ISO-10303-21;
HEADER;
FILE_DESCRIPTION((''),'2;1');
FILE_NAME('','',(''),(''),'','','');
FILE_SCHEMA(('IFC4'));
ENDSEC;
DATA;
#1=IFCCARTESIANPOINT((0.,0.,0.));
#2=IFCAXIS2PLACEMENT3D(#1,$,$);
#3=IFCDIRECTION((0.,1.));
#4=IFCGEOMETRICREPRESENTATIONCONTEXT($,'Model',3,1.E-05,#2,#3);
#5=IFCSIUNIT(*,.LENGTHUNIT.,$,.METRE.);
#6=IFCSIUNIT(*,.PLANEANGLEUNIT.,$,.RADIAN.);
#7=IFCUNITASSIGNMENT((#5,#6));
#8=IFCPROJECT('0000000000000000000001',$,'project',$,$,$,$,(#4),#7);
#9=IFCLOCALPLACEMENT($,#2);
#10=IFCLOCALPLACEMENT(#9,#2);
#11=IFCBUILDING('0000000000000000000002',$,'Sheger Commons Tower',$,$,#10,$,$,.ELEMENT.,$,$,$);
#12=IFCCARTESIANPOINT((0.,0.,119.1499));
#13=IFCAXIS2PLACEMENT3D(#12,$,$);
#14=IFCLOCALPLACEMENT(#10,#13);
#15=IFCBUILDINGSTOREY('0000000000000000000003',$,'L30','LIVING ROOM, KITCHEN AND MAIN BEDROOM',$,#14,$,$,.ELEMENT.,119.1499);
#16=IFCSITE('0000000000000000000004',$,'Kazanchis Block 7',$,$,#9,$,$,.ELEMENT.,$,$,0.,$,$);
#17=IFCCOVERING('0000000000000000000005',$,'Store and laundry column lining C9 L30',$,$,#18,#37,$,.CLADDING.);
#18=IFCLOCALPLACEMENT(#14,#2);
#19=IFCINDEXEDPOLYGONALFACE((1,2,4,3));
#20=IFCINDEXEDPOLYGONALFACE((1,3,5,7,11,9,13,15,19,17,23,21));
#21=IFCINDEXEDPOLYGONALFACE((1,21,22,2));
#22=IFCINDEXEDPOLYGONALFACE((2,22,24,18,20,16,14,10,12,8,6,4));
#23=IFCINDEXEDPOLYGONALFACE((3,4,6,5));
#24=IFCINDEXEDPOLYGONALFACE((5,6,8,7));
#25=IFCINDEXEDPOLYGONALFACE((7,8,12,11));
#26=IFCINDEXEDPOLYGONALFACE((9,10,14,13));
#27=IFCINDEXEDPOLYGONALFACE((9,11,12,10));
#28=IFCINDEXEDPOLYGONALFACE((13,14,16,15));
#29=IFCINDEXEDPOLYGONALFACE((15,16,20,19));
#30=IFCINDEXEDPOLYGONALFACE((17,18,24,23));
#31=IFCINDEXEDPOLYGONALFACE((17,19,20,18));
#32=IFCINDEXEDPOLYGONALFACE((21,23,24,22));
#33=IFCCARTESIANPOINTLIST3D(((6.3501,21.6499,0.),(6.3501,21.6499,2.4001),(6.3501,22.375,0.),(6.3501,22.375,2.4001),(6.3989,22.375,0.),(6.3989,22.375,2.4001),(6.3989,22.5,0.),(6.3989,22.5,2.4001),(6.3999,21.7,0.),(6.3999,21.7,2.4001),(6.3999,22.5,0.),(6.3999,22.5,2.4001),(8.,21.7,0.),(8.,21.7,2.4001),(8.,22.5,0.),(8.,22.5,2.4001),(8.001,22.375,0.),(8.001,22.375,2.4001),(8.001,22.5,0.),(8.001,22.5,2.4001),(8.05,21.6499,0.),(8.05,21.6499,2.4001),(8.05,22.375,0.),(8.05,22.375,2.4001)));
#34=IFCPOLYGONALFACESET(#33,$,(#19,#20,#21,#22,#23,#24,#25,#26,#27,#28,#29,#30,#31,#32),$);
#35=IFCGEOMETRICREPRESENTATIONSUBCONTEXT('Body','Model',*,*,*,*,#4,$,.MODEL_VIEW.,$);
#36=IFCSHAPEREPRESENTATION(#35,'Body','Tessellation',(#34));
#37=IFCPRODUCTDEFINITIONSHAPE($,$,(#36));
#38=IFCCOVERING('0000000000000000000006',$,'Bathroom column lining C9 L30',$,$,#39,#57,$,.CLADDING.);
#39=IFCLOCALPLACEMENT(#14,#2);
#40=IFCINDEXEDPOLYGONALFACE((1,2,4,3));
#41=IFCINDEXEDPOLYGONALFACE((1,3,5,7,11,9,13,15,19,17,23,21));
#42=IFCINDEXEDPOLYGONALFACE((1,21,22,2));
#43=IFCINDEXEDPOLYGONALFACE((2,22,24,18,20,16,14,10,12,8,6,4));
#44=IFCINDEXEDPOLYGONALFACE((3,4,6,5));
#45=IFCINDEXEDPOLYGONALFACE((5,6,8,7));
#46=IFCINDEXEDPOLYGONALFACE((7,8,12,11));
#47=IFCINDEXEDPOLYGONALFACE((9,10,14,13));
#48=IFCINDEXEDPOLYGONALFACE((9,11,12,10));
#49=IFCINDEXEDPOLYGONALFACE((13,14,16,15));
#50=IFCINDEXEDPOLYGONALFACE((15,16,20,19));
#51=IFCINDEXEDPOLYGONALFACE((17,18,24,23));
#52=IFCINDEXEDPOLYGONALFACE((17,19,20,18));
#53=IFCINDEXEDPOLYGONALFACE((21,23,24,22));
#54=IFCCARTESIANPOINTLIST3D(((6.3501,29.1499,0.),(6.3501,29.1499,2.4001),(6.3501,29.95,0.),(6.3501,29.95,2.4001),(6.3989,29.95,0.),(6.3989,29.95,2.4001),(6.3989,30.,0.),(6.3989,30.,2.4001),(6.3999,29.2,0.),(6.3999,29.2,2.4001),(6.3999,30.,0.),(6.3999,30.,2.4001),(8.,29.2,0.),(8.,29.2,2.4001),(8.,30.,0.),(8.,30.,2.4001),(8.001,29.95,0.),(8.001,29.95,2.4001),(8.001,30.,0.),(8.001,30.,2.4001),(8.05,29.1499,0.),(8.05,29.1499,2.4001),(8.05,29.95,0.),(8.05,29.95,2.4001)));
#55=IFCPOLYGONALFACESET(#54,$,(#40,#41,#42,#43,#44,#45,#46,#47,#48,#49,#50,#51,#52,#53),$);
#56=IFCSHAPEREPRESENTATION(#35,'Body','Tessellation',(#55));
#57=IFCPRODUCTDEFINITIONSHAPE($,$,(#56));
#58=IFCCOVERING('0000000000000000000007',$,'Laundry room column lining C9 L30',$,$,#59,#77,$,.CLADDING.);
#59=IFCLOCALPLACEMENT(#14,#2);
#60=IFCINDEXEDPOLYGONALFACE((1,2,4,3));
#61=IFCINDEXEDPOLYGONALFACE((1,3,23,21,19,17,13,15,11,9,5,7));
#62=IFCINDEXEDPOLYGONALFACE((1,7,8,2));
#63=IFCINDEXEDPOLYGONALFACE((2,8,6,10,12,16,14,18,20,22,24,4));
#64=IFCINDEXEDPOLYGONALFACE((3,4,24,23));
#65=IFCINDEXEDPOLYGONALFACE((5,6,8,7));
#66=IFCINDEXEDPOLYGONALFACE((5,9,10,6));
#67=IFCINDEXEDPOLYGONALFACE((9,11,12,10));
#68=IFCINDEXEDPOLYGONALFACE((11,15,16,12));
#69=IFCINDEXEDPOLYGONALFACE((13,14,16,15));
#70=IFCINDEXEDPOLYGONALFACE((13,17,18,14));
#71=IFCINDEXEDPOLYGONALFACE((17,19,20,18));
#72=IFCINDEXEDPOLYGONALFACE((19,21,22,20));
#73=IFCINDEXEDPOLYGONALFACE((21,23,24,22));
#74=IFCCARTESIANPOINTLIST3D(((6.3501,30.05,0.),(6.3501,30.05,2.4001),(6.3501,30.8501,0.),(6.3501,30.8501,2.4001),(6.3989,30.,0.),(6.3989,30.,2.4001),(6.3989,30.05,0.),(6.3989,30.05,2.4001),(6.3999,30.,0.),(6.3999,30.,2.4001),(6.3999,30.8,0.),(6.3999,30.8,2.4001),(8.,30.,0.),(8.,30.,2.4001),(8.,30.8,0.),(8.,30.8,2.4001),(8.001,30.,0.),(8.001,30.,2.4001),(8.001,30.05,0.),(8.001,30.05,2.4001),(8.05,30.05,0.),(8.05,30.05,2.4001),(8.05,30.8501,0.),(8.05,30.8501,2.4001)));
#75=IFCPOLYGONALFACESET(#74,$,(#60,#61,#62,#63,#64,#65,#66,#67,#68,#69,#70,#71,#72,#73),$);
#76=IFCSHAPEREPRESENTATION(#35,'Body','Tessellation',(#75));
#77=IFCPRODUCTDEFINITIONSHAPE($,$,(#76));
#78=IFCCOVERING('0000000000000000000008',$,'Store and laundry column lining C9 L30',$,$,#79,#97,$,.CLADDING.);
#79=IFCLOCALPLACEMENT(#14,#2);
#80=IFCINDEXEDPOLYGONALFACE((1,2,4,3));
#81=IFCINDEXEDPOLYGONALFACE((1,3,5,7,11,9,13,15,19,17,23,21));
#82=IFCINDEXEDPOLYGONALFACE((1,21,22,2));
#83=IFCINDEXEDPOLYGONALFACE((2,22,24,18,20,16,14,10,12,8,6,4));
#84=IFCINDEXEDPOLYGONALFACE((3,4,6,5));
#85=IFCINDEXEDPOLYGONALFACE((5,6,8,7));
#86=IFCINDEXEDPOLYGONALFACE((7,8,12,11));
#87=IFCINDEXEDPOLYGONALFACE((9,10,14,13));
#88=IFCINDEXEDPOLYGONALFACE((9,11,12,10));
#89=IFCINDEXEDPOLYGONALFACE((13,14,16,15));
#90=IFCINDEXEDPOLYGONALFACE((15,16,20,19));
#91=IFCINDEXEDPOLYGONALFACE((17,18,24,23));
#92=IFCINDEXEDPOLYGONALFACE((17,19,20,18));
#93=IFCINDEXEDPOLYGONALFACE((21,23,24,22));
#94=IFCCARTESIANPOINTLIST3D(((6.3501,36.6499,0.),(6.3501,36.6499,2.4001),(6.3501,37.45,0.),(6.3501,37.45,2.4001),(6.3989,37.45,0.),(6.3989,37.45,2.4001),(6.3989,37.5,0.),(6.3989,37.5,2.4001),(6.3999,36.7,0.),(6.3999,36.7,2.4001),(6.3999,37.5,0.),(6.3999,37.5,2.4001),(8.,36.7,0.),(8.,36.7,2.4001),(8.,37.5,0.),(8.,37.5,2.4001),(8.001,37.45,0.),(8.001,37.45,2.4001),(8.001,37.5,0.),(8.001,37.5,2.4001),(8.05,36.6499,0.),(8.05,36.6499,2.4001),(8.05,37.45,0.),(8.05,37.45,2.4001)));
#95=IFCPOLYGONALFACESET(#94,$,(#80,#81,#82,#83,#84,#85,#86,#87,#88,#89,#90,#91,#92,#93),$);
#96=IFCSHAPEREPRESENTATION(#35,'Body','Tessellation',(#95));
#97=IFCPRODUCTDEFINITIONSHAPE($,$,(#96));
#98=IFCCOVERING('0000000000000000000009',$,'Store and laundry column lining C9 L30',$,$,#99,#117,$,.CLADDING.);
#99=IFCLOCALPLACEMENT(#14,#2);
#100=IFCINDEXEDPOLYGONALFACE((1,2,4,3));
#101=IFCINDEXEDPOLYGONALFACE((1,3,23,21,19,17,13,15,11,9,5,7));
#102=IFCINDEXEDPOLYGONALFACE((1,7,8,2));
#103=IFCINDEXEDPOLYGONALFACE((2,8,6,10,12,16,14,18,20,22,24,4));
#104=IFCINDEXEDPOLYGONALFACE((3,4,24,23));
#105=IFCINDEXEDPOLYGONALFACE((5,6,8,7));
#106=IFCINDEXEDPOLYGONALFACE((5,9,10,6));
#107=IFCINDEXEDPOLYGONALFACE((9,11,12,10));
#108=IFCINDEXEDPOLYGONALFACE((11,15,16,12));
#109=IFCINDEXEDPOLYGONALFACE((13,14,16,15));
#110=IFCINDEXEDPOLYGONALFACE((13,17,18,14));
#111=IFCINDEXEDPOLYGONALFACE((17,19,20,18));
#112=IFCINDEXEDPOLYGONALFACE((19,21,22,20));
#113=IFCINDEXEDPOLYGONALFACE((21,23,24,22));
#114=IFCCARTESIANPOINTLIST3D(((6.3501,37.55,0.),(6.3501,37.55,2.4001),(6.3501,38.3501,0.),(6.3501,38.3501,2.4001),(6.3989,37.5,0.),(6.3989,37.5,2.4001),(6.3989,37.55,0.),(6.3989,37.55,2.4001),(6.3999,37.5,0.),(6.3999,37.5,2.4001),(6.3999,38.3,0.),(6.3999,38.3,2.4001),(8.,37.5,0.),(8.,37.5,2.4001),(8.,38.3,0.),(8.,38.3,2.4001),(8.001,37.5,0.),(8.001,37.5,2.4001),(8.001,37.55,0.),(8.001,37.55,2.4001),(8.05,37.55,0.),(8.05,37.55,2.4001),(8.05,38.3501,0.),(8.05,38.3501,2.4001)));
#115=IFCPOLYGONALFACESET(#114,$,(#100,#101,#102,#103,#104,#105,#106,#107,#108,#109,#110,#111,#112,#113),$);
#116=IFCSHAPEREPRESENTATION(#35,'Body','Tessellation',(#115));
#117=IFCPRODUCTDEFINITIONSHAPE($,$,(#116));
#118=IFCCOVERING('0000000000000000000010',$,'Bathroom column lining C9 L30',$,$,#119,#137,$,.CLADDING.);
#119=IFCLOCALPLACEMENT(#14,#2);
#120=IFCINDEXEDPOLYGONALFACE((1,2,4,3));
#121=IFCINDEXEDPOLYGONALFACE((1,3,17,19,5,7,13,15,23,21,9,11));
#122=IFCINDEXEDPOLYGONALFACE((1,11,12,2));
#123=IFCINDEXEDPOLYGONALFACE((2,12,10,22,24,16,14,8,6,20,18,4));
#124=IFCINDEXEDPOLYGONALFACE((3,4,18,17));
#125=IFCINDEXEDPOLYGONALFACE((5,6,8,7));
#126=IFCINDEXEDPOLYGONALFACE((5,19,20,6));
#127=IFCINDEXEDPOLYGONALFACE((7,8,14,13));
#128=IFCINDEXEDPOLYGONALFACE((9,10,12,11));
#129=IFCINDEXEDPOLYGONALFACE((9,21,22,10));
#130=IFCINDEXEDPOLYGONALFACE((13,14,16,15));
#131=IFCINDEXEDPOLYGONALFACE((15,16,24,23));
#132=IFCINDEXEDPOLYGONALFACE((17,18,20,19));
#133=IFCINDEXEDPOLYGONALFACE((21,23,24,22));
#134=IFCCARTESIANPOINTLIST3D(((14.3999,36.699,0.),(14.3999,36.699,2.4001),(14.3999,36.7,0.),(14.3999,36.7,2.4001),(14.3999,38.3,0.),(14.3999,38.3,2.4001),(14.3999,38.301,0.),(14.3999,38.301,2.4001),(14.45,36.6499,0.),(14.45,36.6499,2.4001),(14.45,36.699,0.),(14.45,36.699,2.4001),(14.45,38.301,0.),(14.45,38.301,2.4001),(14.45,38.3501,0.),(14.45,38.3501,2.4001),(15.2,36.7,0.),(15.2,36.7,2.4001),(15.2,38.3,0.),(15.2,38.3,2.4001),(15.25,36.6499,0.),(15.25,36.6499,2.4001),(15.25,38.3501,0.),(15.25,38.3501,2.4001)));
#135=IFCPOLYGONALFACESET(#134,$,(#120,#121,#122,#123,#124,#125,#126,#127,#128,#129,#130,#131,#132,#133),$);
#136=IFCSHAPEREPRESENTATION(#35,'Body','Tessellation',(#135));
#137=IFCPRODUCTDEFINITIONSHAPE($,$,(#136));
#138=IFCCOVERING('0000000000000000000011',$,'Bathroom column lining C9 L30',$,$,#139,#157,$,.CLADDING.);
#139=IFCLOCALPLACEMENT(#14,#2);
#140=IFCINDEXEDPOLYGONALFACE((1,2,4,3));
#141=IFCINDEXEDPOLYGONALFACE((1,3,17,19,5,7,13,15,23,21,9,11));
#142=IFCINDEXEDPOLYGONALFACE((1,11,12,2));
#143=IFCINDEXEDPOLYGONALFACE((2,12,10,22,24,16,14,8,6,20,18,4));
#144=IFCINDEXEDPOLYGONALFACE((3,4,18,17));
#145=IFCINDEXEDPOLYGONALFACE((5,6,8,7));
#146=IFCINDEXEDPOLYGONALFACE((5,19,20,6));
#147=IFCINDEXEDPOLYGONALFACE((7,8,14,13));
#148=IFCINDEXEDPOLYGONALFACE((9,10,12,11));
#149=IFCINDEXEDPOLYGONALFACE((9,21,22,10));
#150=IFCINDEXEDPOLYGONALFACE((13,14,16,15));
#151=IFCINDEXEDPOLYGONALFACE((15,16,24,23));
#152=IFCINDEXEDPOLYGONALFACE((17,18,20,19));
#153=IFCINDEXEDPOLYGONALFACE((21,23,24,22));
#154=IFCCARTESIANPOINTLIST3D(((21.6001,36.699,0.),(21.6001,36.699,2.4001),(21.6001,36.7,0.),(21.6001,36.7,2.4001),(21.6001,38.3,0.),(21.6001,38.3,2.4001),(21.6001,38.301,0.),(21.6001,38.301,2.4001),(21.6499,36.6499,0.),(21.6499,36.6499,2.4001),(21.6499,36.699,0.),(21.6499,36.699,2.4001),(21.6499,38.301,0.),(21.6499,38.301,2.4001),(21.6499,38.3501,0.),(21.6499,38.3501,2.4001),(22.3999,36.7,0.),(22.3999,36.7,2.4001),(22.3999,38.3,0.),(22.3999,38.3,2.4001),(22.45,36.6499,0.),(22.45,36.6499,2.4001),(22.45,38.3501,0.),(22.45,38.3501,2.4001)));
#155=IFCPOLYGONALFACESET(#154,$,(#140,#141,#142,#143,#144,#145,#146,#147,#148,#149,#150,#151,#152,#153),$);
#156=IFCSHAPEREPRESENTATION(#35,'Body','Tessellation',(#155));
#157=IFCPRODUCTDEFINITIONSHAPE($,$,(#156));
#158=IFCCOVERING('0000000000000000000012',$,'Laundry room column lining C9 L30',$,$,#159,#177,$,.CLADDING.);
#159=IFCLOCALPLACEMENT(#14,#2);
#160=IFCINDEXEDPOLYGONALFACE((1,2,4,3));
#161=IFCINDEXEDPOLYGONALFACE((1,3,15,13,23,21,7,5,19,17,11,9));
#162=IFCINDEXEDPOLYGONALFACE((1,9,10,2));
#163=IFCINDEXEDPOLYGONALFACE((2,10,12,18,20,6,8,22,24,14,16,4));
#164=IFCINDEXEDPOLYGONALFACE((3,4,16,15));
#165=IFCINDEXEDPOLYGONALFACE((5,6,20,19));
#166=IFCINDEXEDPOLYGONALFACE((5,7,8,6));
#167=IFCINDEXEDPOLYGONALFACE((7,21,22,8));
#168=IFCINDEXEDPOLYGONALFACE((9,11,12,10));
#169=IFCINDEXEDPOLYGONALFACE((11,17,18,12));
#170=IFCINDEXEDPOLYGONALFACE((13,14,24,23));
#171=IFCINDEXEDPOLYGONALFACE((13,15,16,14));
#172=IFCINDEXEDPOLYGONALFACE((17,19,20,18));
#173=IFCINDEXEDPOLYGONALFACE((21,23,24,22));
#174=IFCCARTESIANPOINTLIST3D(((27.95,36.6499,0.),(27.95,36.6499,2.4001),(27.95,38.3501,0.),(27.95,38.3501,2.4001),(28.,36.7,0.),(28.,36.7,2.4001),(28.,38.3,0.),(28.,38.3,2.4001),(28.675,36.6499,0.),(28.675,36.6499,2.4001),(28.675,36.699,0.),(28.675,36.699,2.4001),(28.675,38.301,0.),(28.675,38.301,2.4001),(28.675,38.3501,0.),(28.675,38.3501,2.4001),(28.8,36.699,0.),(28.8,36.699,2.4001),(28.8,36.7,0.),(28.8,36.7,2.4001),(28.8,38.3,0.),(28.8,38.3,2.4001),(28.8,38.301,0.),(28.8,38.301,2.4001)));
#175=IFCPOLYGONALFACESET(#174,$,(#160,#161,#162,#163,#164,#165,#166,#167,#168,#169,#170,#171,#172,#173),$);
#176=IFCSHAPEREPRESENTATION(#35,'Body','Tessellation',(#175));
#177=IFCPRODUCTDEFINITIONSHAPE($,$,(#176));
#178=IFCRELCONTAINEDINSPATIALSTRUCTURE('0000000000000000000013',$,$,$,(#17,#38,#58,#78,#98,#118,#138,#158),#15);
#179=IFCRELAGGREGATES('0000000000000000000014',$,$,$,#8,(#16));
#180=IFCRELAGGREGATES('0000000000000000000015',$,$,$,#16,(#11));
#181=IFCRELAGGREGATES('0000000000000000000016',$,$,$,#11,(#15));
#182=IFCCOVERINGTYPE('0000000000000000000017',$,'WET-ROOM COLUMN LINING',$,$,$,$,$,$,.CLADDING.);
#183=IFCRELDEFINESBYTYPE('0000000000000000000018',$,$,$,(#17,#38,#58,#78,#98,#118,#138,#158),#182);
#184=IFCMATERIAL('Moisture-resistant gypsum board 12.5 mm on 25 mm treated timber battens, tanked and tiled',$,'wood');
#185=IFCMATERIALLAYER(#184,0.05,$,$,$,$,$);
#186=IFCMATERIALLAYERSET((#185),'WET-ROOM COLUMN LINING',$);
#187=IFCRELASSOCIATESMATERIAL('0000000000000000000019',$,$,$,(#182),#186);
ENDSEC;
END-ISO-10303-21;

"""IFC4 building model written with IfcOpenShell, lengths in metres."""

from ifc_helpers import new_model, si_unit, direction, frame, origin, place, context, subcontext, project, spatial, polyline, outline, extrude, material, layer, layer_set, type_object, element, save


model = new_model("IFC4")

# Units and contexts
model_context = context("Model", 3, precision=1e-05, world=origin(), true_north=direction((0.0, 1.0)))
body_context = subcontext(model_context, "Body", "Model", "MODEL_VIEW")
ifc_project = project(units=[si_unit("LENGTHUNIT", "METRE"), si_unit("PLANEANGLEUNIT", "RADIAN")], contexts=[model_context])

# Site, building, storey
site_placement = place(None, origin())
site = spatial("IfcSite", under=ifc_project, at=site_placement, Name="Kazanchis Block 7", CompositionType="ELEMENT", RefElevation=0.0)
building_placement = place(site_placement, origin())
building = spatial("IfcBuilding", under=site, at=building_placement, Name="Sheger Commons Tower", CompositionType="ELEMENT")
storey_placement = place(building_placement, frame((0.0, 0.0, 119.1499)))
storey = spatial("IfcBuildingStorey", under=building, at=storey_placement, Name="L30", Description="LIVING ROOM, KITCHEN AND MAIN BEDROOM", CompositionType="ELEMENT", Elevation=119.1499)

# Coverings
ifc_material_1 = material(Name="Moisture-resistant gypsum board 12.5 mm on 25 mm treated timber battens, tanked and tiled", Category="wood")
ifc_layer_1 = layer(ifc_material_1, 0.05)
ifc_layer_set_1 = layer_set([ifc_layer_1], Name="WET-ROOM COLUMN LINING")
covering_type_1 = type_object("IfcCoveringType", Name="WET-ROOM COLUMN LINING", PredefinedType="CLADDING", material=ifc_layer_set_1)
covering_1_placement = place(storey_placement, origin())
element("IfcCovering", 1, at=covering_1_placement, inside=storey, type_object=covering_type_1, Name="Store and laundry column lining C9 L30", PredefinedType="CLADDING", context=body_context, shape_type="SweptSolid", body=[
    extrude(outline(polyline([(6.3999, 22.5), (6.3999, 21.7), (8.0, 21.7), (8.0, 22.5), (8.001, 22.5), (8.001, 22.375), (8.05, 22.375), (8.05, 21.6499), (6.3501, 21.6499), (6.3501, 22.375), (6.3989, 22.375), (6.3989, 22.5), (6.3999, 22.5)])), origin(), (0.0, 0.0, 1.0), 2.4001),
])
covering_2_placement = place(storey_placement, origin())
element("IfcCovering", 2, at=covering_2_placement, inside=storey, type_object=covering_type_1, Name="Bathroom column lining C9 L30", PredefinedType="CLADDING", context=body_context, shape_type="SweptSolid", body=[
    extrude(outline(polyline([(6.3999, 30.0), (6.3999, 29.2), (8.0, 29.2), (8.0, 30.0), (8.001, 30.0), (8.001, 29.95), (8.05, 29.95), (8.05, 29.1499), (6.3501, 29.1499), (6.3501, 29.95), (6.3989, 29.95), (6.3989, 30.0), (6.3999, 30.0)])), origin(), (0.0, 0.0, 1.0), 2.4001),
])
covering_3_placement = place(storey_placement, origin())
element("IfcCovering", 3, at=covering_3_placement, inside=storey, type_object=covering_type_1, Name="Laundry room column lining C9 L30", PredefinedType="CLADDING", context=body_context, shape_type="SweptSolid", body=[
    extrude(outline(polyline([(8.05, 30.8501), (8.05, 30.05), (8.001, 30.05), (8.001, 30.0), (8.0, 30.0), (8.0, 30.8), (6.3999, 30.8), (6.3999, 30.0), (6.3989, 30.0), (6.3989, 30.05), (6.3501, 30.05), (6.3501, 30.8501), (8.05, 30.8501)])), origin(), (0.0, 0.0, 1.0), 2.4001),
])
covering_4_placement = place(storey_placement, origin())
element("IfcCovering", 4, at=covering_4_placement, inside=storey, type_object=covering_type_1, Name="Store and laundry column lining C9 L30", PredefinedType="CLADDING", context=body_context, shape_type="SweptSolid", body=[
    extrude(outline(polyline([(6.3999, 37.5), (6.3999, 36.7), (8.0, 36.7), (8.0, 37.5), (8.001, 37.5), (8.001, 37.45), (8.05, 37.45), (8.05, 36.6499), (6.3501, 36.6499), (6.3501, 37.45), (6.3989, 37.45), (6.3989, 37.5), (6.3999, 37.5)])), origin(), (0.0, 0.0, 1.0), 2.4001),
])
covering_5_placement = place(storey_placement, origin())
element("IfcCovering", 5, at=covering_5_placement, inside=storey, type_object=covering_type_1, Name="Store and laundry column lining C9 L30", PredefinedType="CLADDING", context=body_context, shape_type="SweptSolid", body=[
    extrude(outline(polyline([(8.05, 38.3501), (8.05, 37.55), (8.001, 37.55), (8.001, 37.5), (8.0, 37.5), (8.0, 38.3), (6.3999, 38.3), (6.3999, 37.5), (6.3989, 37.5), (6.3989, 37.55), (6.3501, 37.55), (6.3501, 38.3501), (8.05, 38.3501)])), origin(), (0.0, 0.0, 1.0), 2.4001),
])
covering_6_placement = place(storey_placement, origin())
element("IfcCovering", 6, at=covering_6_placement, inside=storey, type_object=covering_type_1, Name="Bathroom column lining C9 L30", PredefinedType="CLADDING", context=body_context, shape_type="SweptSolid", body=[
    extrude(outline(polyline([(15.25, 36.6499), (14.45, 36.6499), (14.45, 36.699), (14.3999, 36.699), (14.3999, 36.7), (15.2, 36.7), (15.2, 38.3), (14.3999, 38.3), (14.3999, 38.301), (14.45, 38.301), (14.45, 38.3501), (15.25, 38.3501), (15.25, 36.6499)])), origin(), (0.0, 0.0, 1.0), 2.4001),
])
covering_7_placement = place(storey_placement, origin())
element("IfcCovering", 7, at=covering_7_placement, inside=storey, type_object=covering_type_1, Name="Bathroom column lining C9 L30", PredefinedType="CLADDING", context=body_context, shape_type="SweptSolid", body=[
    extrude(outline(polyline([(22.45, 36.6499), (21.6499, 36.6499), (21.6499, 36.699), (21.6001, 36.699), (21.6001, 36.7), (22.3999, 36.7), (22.3999, 38.3), (21.6001, 38.3), (21.6001, 38.301), (21.6499, 38.301), (21.6499, 38.3501), (22.45, 38.3501), (22.45, 36.6499)])), origin(), (0.0, 0.0, 1.0), 2.4001),
])
covering_8_placement = place(storey_placement, origin())
element("IfcCovering", 8, at=covering_8_placement, inside=storey, type_object=covering_type_1, Name="Laundry room column lining C9 L30", PredefinedType="CLADDING", context=body_context, shape_type="SweptSolid", body=[
    extrude(outline(polyline([(28.675, 38.3501), (28.675, 38.301), (28.8, 38.301), (28.8, 38.3), (28.0, 38.3), (28.0, 36.7), (28.8, 36.7), (28.8, 36.699), (28.675, 36.699), (28.675, 36.6499), (27.95, 36.6499), (27.95, 38.3501), (28.675, 38.3501)])), origin(), (0.0, 0.0, 1.0), 2.4001),
])

save(model, "model.ifc")
